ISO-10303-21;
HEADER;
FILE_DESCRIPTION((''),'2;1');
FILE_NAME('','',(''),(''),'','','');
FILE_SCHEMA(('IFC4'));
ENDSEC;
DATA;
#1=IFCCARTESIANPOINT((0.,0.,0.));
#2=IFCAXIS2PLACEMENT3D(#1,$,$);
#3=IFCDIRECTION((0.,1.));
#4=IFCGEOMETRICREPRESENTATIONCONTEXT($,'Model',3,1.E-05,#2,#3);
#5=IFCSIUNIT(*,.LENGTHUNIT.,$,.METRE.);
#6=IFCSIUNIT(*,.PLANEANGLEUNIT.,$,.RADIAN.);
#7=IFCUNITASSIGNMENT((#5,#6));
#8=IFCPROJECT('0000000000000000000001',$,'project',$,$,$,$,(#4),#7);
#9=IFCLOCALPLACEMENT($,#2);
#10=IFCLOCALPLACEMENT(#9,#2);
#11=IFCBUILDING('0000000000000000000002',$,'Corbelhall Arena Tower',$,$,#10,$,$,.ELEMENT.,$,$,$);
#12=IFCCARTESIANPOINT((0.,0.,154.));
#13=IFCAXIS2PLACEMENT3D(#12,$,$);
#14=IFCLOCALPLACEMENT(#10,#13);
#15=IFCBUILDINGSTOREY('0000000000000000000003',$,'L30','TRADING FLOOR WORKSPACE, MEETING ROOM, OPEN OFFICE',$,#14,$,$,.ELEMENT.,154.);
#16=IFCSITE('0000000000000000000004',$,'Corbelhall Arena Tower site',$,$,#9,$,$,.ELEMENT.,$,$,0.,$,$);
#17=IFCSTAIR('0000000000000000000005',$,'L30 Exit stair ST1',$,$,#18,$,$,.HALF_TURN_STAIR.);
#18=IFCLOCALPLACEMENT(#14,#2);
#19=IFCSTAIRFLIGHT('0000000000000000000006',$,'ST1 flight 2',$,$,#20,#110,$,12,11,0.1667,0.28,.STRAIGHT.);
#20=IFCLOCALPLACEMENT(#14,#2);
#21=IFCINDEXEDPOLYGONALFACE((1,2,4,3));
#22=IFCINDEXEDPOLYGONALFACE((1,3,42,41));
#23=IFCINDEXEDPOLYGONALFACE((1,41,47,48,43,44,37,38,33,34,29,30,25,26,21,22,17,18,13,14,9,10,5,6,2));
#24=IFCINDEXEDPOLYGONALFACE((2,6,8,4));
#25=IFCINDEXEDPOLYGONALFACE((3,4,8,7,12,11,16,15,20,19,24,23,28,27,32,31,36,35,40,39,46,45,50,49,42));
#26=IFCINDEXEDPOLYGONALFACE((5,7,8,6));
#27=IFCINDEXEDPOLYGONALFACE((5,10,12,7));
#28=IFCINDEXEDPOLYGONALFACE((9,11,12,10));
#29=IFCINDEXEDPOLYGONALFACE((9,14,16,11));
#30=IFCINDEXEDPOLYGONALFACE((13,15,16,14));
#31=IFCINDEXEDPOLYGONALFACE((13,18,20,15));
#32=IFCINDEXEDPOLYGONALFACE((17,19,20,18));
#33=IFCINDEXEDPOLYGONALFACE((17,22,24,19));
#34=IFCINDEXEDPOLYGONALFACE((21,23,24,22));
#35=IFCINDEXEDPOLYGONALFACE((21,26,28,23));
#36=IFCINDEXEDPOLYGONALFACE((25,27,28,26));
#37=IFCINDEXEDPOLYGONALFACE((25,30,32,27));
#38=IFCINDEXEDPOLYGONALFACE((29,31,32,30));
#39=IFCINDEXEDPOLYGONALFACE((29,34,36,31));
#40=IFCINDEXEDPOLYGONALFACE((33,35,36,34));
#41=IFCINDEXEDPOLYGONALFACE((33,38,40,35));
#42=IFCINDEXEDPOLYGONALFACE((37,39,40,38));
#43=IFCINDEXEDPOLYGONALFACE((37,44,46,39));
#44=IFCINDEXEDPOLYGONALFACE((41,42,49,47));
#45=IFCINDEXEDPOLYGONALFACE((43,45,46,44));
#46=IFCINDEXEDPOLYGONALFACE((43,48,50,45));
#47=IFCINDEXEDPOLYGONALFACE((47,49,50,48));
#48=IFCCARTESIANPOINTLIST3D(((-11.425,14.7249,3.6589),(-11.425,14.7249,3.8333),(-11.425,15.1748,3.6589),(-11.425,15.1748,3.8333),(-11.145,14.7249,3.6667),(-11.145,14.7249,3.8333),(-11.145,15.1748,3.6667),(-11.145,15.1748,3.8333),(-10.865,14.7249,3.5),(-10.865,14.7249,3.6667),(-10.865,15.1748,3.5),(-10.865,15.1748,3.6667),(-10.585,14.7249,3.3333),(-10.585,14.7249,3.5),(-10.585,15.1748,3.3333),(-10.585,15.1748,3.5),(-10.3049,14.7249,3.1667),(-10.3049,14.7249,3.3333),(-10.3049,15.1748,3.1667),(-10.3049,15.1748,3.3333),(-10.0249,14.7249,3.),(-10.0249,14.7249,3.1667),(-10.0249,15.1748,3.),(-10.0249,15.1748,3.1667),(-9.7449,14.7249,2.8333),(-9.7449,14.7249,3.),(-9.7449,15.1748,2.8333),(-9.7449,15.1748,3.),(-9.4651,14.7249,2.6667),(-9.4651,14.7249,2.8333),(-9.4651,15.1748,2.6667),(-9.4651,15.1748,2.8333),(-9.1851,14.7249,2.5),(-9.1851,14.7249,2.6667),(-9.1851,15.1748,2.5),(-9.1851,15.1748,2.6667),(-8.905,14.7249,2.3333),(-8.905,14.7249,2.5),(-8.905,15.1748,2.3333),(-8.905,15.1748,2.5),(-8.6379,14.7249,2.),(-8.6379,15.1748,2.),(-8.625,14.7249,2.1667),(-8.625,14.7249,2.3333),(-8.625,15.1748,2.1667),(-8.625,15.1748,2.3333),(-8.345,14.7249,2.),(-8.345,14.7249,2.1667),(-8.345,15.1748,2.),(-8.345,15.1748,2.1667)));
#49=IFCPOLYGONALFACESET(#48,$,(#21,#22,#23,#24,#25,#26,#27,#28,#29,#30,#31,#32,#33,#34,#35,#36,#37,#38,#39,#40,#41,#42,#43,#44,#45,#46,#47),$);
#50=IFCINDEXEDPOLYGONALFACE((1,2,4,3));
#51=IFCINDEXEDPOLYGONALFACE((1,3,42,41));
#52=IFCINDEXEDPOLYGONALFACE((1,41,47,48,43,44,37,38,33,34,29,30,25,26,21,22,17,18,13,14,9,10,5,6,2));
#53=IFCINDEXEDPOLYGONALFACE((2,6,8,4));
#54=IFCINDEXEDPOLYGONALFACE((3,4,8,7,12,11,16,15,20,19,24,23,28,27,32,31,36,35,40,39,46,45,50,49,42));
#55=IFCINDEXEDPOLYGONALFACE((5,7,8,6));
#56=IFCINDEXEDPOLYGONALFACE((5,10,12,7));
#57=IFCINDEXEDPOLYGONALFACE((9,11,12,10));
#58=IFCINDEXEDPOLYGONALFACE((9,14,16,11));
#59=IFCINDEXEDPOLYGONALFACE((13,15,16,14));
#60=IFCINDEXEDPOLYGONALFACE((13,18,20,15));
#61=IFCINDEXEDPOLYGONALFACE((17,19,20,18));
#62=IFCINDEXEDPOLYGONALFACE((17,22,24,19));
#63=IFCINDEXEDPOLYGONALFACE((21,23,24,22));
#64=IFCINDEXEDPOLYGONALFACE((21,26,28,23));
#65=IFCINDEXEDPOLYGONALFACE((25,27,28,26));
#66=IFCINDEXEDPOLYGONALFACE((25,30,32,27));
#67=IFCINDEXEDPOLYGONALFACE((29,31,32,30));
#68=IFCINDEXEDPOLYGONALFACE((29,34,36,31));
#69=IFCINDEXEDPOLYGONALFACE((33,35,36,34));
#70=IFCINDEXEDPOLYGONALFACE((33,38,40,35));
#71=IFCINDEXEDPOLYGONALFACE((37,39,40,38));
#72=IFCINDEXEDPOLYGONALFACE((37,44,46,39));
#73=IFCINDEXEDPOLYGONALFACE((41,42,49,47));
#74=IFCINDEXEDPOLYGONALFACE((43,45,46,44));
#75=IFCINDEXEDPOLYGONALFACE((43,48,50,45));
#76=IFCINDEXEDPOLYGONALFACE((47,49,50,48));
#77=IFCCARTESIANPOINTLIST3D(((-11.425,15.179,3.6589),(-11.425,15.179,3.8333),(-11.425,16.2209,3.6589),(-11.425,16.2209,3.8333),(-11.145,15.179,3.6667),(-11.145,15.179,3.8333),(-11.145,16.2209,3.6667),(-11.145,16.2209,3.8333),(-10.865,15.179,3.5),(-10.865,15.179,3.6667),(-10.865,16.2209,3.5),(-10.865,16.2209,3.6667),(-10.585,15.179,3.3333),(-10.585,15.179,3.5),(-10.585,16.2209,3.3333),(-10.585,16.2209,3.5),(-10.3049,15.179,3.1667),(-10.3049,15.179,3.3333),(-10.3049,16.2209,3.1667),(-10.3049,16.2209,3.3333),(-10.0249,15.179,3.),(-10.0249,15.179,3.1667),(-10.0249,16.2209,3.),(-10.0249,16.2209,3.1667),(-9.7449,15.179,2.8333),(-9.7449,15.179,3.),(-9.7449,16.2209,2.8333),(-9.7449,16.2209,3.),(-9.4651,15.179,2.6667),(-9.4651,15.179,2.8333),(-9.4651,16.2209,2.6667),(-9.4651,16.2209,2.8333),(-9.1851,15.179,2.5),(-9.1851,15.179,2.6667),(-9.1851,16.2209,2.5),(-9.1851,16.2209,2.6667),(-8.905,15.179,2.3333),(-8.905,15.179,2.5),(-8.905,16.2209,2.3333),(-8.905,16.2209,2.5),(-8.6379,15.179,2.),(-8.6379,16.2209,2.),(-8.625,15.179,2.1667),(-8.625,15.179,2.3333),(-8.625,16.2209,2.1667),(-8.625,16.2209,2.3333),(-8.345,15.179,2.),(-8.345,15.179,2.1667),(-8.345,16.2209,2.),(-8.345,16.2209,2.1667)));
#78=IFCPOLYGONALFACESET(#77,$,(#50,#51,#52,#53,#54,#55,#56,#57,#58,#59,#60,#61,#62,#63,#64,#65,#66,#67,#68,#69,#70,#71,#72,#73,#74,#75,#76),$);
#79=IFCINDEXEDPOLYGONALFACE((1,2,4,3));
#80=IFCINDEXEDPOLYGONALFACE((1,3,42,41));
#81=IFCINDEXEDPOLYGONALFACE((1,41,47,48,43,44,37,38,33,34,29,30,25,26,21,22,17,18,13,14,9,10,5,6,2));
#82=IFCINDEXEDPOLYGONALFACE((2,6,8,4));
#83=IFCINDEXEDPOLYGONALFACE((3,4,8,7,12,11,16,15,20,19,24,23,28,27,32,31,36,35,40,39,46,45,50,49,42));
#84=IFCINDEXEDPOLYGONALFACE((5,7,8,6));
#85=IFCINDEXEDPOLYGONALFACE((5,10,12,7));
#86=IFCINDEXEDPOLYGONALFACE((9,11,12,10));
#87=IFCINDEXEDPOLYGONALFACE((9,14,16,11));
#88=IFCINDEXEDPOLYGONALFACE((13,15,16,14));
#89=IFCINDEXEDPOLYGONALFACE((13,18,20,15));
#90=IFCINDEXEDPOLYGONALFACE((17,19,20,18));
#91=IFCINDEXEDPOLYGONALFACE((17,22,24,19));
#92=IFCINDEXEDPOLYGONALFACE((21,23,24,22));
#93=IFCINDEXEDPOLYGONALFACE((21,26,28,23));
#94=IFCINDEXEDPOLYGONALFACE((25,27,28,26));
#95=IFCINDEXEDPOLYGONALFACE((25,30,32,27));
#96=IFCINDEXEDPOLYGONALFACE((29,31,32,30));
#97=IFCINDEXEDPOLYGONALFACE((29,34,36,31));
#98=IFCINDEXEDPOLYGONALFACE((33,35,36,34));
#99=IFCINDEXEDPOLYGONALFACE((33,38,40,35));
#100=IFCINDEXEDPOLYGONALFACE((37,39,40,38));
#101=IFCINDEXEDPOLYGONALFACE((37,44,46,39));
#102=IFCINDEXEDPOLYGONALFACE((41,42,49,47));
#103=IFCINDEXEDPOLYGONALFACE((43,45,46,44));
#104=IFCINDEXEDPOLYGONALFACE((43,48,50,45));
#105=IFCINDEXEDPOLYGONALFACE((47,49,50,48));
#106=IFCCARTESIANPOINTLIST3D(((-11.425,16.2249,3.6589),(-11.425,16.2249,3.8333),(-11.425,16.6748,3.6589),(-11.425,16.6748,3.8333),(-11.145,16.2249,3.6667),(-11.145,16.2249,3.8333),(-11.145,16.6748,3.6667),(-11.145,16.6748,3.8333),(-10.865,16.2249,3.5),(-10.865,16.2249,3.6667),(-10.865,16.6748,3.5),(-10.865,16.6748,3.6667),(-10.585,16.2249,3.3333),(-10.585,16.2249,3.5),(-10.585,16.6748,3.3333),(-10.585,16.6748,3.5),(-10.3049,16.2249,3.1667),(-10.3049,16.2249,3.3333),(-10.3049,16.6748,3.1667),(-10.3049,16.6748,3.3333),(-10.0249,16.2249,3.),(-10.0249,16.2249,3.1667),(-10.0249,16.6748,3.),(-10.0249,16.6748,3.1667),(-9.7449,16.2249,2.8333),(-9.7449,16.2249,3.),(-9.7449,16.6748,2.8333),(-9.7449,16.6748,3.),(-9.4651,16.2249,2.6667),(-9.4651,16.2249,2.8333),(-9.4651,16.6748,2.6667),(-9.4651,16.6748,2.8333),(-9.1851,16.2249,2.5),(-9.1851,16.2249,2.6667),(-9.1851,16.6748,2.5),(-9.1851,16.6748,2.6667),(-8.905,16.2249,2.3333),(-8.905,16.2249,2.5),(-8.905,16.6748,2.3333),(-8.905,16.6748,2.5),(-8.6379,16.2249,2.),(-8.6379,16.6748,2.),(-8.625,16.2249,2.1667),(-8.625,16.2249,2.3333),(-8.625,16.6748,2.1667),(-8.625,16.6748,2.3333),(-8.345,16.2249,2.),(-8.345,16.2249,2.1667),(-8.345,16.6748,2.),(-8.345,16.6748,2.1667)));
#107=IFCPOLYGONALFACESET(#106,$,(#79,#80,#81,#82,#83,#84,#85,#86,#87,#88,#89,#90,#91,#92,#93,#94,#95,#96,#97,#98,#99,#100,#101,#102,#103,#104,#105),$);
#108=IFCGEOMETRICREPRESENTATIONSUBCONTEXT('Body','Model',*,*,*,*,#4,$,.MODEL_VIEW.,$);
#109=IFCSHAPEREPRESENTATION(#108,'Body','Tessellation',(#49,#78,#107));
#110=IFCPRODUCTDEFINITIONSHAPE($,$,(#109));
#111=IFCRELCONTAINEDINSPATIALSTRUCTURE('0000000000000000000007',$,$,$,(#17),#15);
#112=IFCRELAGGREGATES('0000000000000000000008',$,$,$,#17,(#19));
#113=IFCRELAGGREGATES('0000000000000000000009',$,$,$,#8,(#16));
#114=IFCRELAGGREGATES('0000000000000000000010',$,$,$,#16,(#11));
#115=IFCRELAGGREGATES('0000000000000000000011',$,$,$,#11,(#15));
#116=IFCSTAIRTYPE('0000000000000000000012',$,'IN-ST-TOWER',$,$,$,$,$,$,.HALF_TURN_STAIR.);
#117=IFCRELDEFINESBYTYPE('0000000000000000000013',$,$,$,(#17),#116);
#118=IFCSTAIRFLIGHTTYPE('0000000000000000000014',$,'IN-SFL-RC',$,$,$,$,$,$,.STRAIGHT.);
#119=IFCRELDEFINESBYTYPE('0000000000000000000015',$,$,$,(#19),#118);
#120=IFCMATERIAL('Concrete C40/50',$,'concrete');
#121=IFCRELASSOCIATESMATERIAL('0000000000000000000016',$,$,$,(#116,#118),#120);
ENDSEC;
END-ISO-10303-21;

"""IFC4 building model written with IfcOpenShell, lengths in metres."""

from ifc_helpers import new_model, si_unit, direction, frame, origin, place, context, subcontext, project, spatial, polyline, outline, extrude, material, type_object, element, aggregate, save


model = new_model("IFC4")

# Units and contexts
model_context = context("Model", 3, precision=1e-05, world=origin(), true_north=direction((0.0, 1.0)))
body_context = subcontext(model_context, "Body", "Model", "MODEL_VIEW")
ifc_project = project(units=[si_unit("LENGTHUNIT", "METRE"), si_unit("PLANEANGLEUNIT", "RADIAN")], contexts=[model_context])

# Site, building, storey
site_placement = place(None, origin())
site = spatial("IfcSite", under=ifc_project, at=site_placement, Name="Corbelhall Arena Tower site", CompositionType="ELEMENT", RefElevation=0.0)
building_placement = place(site_placement, origin())
building = spatial("IfcBuilding", under=site, at=building_placement, Name="Corbelhall Arena Tower", CompositionType="ELEMENT")
storey_placement = place(building_placement, frame((0.0, 0.0, 154.0)))
storey = spatial("IfcBuildingStorey", under=building, at=storey_placement, Name="L30", Description="TRADING FLOOR WORKSPACE, MEETING ROOM, OPEN OFFICE", CompositionType="ELEMENT", Elevation=154.0)

# Shared definitions
ifc_material_1 = material(Name="Concrete C40/50", Category="concrete")

# Stair, stair flight
stair_type = type_object("IfcStairType", Name="IN-ST-TOWER", PredefinedType="HALF_TURN_STAIR", material=ifc_material_1)
stair_placement = place(storey_placement, origin())
stair = element("IfcStair", 1, at=stair_placement, inside=storey, type_object=stair_type, Name="L30 Exit stair ST1", PredefinedType="HALF_TURN_STAIR")
stair_flight_type = type_object("IfcStairFlightType", Name="IN-SFL-RC", PredefinedType="STRAIGHT", material=ifc_material_1)
stair_flight_placement = place(storey_placement, frame((-8.345, 15.7, 2.0), z_axis=(0.0, 0.0, 1.0), x_axis=(-1.0, 0.0, 0.0)))
stair_flight = element("IfcStairFlight", 2, at=stair_flight_placement, type_object=stair_flight_type, Name="ST1 flight 2", NumberOfRisers=12, NumberOfTreads=11, PredefinedType="STRAIGHT", RiserHeight=0.1667, TreadLength=0.28, context=body_context, shape_type="SweptSolid", body=[
    extrude(outline(polyline([(0.0, 0.0), (0.0, 0.1667), (0.28, 0.1667), (0.28, 0.3333), (0.5601, 0.3333), (0.5601, 0.5), (0.8401, 0.5), (0.8401, 0.6667), (1.1201, 0.6667), (1.1201, 0.8333), (1.3999, 0.8333), (1.3999, 1.0), (1.6799, 1.0), (1.6799, 1.1667), (1.96, 1.1667), (1.96, 1.3333), (2.24, 1.3333), (2.24, 1.5), (2.52, 1.5), (2.52, 1.6667), (2.8, 1.6667), (2.8, 1.8333), (3.0801, 1.8333), (3.0801, 2.0), (3.0801, 1.6589), (0.293, 0.0), (0.0, 0.0)])), frame((0.0, 0.9751, 0.0), z_axis=(0.0, -1.0, 0.0), x_axis=(1.0, 0.0, 0.0)), (0.0, 0.0, 1.0), 0.45),
    extrude(outline(polyline([(0.0, 0.0), (0.0, 0.1667), (0.28, 0.1667), (0.28, 0.3333), (0.5601, 0.3333), (0.5601, 0.5), (0.8401, 0.5), (0.8401, 0.6667), (1.1201, 0.6667), (1.1201, 0.8333), (1.3999, 0.8333), (1.3999, 1.0), (1.6799, 1.0), (1.6799, 1.1667), (1.96, 1.1667), (1.96, 1.3333), (2.24, 1.3333), (2.24, 1.5), (2.52, 1.5), (2.52, 1.6667), (2.8, 1.6667), (2.8, 1.8333), (3.0801, 1.8333), (3.0801, 2.0), (3.0801, 1.6589), (0.293, 0.0), (0.0, 0.0)])), frame((0.0, 0.521, 0.0), z_axis=(0.0, -1.0, 0.0), x_axis=(1.0, 0.0, 0.0)), (0.0, 0.0, 1.0), 1.042),
    extrude(outline(polyline([(0.0, 0.0), (0.0, 0.1667), (0.28, 0.1667), (0.28, 0.3333), (0.5601, 0.3333), (0.5601, 0.5), (0.8401, 0.5), (0.8401, 0.6667), (1.1201, 0.6667), (1.1201, 0.8333), (1.3999, 0.8333), (1.3999, 1.0), (1.6799, 1.0), (1.6799, 1.1667), (1.96, 1.1667), (1.96, 1.3333), (2.24, 1.3333), (2.24, 1.5), (2.52, 1.5), (2.52, 1.6667), (2.8, 1.6667), (2.8, 1.8333), (3.0801, 1.8333), (3.0801, 2.0), (3.0801, 1.6589), (0.293, 0.0), (0.0, 0.0)])), frame((0.0, -0.5249, 0.0), z_axis=(0.0, -1.0, 0.0), x_axis=(1.0, 0.0, 0.0)), (0.0, 0.0, 1.0), 0.45),
])
aggregate(stair, [stair_flight])

save(model, "model.ifc")
